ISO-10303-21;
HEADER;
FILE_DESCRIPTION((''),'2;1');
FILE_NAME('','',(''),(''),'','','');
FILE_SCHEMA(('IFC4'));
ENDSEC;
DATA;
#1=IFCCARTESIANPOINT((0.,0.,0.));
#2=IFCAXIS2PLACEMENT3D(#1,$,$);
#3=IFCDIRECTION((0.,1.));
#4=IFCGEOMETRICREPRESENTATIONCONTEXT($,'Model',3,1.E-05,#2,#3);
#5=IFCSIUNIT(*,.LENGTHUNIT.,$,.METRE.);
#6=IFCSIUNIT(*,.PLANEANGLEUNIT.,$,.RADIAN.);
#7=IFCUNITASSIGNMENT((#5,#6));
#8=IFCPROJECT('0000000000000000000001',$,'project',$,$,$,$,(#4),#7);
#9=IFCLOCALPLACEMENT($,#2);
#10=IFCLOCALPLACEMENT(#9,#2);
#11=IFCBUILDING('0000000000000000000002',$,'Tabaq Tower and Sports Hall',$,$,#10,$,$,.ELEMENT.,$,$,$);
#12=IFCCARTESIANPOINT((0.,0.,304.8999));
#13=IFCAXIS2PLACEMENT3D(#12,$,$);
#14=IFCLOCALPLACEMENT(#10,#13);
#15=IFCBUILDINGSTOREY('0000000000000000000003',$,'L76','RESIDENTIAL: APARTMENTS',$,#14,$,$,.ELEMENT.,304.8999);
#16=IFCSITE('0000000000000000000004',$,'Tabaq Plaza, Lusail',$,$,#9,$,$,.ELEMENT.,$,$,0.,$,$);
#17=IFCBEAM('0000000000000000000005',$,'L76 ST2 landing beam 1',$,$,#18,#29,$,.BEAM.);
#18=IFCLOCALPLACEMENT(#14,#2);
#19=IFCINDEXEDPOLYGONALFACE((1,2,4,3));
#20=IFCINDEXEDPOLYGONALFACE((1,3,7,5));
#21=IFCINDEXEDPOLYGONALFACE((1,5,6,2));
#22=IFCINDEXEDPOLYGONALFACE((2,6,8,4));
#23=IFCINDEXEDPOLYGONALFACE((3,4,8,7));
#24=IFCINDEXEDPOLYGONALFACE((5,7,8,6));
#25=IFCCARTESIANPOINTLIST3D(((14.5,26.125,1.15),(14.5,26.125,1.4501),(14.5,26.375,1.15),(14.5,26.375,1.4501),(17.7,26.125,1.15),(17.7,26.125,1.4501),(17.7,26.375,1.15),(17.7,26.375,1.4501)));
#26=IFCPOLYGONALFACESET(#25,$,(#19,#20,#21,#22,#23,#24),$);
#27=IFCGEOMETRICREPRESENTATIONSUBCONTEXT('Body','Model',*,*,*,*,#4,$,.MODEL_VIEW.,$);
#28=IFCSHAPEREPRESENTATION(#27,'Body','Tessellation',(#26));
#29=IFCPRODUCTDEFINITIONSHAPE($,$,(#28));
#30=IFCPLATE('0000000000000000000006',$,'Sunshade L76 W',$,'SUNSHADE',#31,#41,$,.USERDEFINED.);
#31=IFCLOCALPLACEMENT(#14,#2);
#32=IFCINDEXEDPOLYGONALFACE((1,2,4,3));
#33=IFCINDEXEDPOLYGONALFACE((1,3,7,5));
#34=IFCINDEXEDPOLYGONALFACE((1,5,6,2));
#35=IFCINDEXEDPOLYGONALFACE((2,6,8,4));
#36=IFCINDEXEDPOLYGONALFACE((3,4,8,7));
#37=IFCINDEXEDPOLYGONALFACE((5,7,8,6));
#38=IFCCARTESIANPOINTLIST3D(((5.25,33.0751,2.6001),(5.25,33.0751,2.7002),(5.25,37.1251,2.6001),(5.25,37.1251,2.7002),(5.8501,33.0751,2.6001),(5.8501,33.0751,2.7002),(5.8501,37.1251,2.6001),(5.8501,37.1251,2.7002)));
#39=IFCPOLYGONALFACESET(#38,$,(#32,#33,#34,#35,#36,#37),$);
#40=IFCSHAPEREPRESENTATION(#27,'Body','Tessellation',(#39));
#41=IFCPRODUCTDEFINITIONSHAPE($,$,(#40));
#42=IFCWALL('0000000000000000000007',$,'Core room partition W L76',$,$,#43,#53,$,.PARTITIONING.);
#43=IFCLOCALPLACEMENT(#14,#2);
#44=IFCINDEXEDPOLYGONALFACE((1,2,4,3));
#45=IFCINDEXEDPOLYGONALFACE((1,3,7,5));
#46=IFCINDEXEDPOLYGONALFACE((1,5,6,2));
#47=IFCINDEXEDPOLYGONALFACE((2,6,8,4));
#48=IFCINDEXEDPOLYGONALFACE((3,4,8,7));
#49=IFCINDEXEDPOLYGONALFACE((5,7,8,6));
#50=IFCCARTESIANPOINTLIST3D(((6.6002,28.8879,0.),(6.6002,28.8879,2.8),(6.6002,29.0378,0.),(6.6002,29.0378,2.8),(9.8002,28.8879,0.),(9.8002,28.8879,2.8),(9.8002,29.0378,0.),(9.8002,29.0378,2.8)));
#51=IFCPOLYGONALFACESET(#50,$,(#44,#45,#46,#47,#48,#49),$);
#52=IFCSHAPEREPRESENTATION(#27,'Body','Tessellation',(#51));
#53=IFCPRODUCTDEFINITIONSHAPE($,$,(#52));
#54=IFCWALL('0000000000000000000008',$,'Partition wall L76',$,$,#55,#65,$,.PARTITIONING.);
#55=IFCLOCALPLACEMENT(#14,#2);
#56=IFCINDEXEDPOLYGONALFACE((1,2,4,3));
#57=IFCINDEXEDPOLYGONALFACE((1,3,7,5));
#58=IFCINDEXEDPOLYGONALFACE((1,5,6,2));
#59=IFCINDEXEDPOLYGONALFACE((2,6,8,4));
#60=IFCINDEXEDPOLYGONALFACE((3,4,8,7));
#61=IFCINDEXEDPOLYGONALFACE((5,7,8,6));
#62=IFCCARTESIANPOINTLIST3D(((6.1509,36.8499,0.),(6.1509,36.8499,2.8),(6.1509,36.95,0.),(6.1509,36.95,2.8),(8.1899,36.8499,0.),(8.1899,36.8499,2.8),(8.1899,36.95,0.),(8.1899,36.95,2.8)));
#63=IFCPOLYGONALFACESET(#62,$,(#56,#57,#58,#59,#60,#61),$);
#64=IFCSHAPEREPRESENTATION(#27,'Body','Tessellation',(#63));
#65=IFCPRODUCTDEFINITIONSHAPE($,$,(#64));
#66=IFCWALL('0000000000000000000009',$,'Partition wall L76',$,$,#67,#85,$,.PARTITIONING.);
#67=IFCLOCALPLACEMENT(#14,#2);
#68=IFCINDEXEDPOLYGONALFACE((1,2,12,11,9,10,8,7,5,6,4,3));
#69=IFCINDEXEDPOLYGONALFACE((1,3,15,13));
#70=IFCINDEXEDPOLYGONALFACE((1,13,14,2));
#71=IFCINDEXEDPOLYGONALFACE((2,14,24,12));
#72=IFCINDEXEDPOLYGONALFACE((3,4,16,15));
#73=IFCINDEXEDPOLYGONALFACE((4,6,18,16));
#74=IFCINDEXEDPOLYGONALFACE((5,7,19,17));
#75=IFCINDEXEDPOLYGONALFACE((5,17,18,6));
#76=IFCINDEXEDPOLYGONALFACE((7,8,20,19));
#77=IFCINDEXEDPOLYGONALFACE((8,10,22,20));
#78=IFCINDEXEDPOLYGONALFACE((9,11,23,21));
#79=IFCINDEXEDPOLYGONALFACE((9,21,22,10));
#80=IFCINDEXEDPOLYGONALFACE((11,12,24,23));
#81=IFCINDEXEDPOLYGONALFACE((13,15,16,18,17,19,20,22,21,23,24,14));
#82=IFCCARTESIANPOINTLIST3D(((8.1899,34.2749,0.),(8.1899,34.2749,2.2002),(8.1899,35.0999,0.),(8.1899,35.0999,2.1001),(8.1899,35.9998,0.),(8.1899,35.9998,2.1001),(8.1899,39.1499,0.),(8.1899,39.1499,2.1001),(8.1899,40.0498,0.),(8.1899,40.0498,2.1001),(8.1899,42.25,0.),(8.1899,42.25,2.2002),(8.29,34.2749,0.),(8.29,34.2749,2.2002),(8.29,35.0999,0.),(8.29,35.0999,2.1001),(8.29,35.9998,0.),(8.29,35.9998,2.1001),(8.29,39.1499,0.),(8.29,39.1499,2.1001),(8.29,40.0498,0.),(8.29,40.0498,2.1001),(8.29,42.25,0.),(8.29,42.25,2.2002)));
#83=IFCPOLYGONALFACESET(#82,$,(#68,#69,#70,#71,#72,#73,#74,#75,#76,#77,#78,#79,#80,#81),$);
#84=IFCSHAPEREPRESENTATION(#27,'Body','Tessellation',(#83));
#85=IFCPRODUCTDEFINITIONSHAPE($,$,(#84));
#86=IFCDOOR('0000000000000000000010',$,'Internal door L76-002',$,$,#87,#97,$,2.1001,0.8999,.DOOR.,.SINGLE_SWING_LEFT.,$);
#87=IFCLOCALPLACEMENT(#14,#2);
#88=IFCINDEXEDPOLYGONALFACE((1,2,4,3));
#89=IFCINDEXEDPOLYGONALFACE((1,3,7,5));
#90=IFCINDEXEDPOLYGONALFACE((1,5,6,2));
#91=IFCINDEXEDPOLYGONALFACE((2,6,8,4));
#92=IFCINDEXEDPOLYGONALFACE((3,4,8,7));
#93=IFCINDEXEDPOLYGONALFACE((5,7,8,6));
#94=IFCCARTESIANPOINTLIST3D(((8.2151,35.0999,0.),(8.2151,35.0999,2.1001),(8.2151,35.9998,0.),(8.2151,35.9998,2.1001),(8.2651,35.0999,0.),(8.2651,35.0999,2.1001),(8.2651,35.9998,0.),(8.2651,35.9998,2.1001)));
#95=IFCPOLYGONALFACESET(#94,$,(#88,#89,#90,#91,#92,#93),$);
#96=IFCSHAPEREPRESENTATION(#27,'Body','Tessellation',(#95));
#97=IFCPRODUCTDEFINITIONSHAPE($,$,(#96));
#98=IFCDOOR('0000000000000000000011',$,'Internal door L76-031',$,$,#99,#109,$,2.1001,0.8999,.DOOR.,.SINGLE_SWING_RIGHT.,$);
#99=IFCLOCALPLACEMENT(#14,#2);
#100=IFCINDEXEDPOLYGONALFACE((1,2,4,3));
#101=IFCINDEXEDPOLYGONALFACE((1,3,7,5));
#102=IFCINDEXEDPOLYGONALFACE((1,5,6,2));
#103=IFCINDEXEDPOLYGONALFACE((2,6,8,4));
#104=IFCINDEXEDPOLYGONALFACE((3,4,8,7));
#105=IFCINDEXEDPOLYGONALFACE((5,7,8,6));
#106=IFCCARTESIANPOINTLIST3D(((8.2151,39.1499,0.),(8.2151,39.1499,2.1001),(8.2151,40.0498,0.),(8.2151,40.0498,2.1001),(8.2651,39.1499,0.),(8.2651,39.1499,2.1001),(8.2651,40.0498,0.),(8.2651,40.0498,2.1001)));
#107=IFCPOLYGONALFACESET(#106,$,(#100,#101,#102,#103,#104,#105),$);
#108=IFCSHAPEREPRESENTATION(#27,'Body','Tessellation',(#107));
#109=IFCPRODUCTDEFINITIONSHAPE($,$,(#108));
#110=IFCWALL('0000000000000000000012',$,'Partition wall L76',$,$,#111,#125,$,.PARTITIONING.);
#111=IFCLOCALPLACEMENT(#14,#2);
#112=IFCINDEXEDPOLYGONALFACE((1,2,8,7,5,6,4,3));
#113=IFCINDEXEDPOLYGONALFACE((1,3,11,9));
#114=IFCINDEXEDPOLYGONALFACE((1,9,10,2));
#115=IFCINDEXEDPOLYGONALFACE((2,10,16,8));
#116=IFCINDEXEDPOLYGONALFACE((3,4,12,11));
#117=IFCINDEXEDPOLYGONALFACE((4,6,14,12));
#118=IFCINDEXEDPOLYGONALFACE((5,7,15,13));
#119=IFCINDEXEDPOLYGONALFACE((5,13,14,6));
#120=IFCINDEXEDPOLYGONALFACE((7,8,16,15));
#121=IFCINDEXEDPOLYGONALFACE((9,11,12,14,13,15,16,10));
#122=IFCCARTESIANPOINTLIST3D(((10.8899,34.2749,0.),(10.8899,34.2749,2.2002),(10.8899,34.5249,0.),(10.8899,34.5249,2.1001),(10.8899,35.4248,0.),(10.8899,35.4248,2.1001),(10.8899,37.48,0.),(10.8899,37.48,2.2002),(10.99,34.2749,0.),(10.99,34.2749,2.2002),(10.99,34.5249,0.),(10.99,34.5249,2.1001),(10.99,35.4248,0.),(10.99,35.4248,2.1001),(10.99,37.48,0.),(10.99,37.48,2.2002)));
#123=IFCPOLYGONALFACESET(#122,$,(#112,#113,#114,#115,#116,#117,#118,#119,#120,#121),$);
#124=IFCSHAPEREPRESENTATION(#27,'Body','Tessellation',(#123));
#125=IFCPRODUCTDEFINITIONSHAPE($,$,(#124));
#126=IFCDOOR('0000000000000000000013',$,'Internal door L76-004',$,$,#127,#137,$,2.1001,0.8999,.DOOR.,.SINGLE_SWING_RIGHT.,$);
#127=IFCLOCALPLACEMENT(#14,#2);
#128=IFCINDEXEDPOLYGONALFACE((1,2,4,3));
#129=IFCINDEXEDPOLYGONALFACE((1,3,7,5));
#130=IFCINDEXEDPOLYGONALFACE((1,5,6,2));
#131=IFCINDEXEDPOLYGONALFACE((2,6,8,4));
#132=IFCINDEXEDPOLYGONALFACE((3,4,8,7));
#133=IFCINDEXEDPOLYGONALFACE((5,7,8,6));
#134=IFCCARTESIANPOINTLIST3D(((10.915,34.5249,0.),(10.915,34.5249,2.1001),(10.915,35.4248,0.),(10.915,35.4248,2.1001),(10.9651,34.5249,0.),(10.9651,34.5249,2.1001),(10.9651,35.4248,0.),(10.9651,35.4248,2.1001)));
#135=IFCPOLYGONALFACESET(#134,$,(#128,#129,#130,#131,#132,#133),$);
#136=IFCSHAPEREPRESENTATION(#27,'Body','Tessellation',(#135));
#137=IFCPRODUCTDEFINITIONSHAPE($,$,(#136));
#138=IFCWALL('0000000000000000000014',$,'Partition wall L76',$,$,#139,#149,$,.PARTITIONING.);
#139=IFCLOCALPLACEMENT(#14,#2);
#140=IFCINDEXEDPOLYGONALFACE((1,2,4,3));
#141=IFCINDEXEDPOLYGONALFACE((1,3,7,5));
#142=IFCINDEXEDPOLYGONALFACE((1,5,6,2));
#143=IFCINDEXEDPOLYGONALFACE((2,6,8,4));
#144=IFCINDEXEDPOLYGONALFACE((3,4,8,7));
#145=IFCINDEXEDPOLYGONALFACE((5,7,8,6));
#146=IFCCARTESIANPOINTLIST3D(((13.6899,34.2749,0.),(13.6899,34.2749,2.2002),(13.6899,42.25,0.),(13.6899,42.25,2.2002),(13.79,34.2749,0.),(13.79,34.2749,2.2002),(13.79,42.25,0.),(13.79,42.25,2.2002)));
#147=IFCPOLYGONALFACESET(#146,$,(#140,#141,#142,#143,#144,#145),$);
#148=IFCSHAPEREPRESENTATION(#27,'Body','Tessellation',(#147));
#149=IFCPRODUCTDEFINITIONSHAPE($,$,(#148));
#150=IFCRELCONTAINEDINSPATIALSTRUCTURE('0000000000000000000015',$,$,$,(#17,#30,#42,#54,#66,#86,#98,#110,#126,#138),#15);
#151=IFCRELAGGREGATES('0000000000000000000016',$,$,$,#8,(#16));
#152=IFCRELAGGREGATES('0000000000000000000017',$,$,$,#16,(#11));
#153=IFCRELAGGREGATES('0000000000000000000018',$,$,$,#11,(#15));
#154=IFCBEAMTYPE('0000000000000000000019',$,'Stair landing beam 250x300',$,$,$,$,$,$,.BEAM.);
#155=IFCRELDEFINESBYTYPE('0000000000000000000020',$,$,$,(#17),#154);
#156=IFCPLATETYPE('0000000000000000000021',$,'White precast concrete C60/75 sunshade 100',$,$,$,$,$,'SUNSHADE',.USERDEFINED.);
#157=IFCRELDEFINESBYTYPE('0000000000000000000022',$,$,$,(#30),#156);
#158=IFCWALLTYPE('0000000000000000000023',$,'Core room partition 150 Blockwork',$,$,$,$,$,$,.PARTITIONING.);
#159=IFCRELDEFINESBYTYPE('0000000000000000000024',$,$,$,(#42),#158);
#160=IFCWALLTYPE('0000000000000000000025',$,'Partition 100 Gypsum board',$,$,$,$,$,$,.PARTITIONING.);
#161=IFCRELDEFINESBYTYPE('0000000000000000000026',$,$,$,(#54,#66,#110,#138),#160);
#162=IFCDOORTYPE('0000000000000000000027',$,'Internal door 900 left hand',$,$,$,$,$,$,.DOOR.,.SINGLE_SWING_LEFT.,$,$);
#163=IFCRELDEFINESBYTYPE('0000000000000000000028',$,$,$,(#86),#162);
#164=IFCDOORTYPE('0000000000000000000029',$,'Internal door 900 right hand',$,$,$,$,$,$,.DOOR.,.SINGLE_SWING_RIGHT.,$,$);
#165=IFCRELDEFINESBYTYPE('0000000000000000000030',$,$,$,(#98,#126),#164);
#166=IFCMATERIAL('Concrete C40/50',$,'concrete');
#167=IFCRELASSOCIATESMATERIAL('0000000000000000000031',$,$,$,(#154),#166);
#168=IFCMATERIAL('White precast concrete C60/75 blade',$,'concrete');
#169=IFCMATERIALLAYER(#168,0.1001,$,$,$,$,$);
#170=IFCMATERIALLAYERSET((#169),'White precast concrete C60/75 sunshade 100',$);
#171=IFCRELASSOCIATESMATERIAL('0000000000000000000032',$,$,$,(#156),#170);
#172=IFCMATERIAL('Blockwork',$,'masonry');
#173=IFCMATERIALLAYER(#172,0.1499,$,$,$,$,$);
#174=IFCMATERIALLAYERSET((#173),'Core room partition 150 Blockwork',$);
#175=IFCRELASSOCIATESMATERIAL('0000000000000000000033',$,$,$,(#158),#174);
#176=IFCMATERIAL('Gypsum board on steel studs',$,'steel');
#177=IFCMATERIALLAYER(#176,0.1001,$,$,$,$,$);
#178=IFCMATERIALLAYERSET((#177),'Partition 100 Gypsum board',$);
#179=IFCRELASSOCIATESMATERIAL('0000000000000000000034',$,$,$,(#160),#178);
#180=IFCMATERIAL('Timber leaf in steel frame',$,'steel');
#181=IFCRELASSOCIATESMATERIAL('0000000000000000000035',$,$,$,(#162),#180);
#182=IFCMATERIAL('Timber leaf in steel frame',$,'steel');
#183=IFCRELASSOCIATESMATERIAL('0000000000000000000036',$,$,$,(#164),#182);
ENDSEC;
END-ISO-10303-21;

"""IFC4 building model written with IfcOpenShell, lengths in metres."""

from ifc_helpers import new_model, si_unit, direction, frame, frame_2d, origin, origin_2d, place, context, subcontext, project, spatial, rectangle, extrude, material, layer, layer_set, material_profile, profile_set, type_object, element, fill, save


model = new_model("IFC4")

# Units and contexts
model_context = context("Model", 3, precision=1e-05, world=origin(), true_north=direction((0.0, 1.0)))
body_context = subcontext(model_context, "Body", "Model", "MODEL_VIEW")
ifc_project = project(units=[si_unit("LENGTHUNIT", "METRE"), si_unit("PLANEANGLEUNIT", "RADIAN")], contexts=[model_context])

# Site, building, storey
site_placement = place(None, origin())
site = spatial("IfcSite", under=ifc_project, at=site_placement, Name="Tabaq Plaza, Lusail", CompositionType="ELEMENT", RefElevation=0.0)
building_placement = place(site_placement, origin())
building = spatial("IfcBuilding", under=site, at=building_placement, Name="Tabaq Tower and Sports Hall", CompositionType="ELEMENT")
storey_placement = place(building_placement, frame((0.0, 0.0, 304.8999)))
storey = spatial("IfcBuildingStorey", under=building, at=storey_placement, Name="L76", Description="RESIDENTIAL: APARTMENTS", CompositionType="ELEMENT", Elevation=304.8999)

# Beam
ifc_material_1 = material(Name="Concrete C40/50", Category="concrete")
ifc_material_profile = material_profile(ifc_material_1, rectangle(XDim=0.25, YDim=0.3, at=origin_2d()), Name="RC 250x300")
ifc_profile_set = profile_set([ifc_material_profile], Name="Concrete C40/50")
beam_type = type_object("IfcBeamType", Name="Stair landing beam 250x300", PredefinedType="BEAM", material=ifc_profile_set)
beam_placement = place(storey_placement, frame((14.5, 26.25, 1.3), z_axis=(1.0, 0.0, 0.0), x_axis=(0.0, 1.0, 0.0)))
element("IfcBeam", 1, at=beam_placement, inside=storey, type_object=beam_type, Name="L76 ST2 landing beam 1", PredefinedType="BEAM", context=body_context, shape_type="SweptSolid", body=[
    extrude(rectangle(XDim=0.25, YDim=0.3, at=origin_2d()), origin(), (0.0, 0.0, 1.0), 3.2),
])

# Plate
ifc_material_2 = material(Name="White precast concrete C60/75 blade", Category="concrete")
ifc_layer_1 = layer(ifc_material_2, 0.1001)
ifc_layer_set_1 = layer_set([ifc_layer_1], Name="White precast concrete C60/75 sunshade 100")
plate_type = type_object("IfcPlateType", Name="White precast concrete C60/75 sunshade 100", ElementType="SUNSHADE", PredefinedType="USERDEFINED", material=ifc_layer_set_1)
plate_placement = place(storey_placement, frame((5.55, 35.1001, 2.6001), z_axis=(0.0, 0.0, 1.0), x_axis=(0.0, -1.0, 0.0)))
element("IfcPlate", 2, at=plate_placement, inside=storey, type_object=plate_type, Name="Sunshade L76 W", ObjectType="SUNSHADE", PredefinedType="USERDEFINED", context=body_context, shape_type="SweptSolid", body=[
    extrude(rectangle(XDim=4.05, YDim=0.6001, at=origin_2d()), origin(), (0.0, 0.0, 1.0), 0.1001),
])

# Wall
ifc_material_3 = material(Name="Blockwork", Category="masonry")
ifc_layer_2 = layer(ifc_material_3, 0.1499)
ifc_layer_set_2 = layer_set([ifc_layer_2], Name="Core room partition 150 Blockwork")
wall_type_1 = type_object("IfcWallType", Name="Core room partition 150 Blockwork", PredefinedType="PARTITIONING", material=ifc_layer_set_2)
wall_1_placement = place(storey_placement, frame((6.6001, 28.9629, 0.0), z_axis=(0.0, 0.0, 1.0), x_axis=(1.0, 0.0, 0.0)))
element("IfcWall", 3, at=wall_1_placement, inside=storey, type_object=wall_type_1, Name="Core room partition W L76", PredefinedType="PARTITIONING", context=body_context, shape_type="SweptSolid", body=[
    extrude(rectangle(XDim=3.2, YDim=0.1499, at=frame_2d((1.6001, 0.0))), origin(), (0.0, 0.0, 1.0), 2.8),
])

# Wall
ifc_material_4 = material(Name="Gypsum board on steel studs", Category="steel")
ifc_layer_3 = layer(ifc_material_4, 0.1001)
ifc_layer_set_3 = layer_set([ifc_layer_3], Name="Partition 100 Gypsum board")
wall_type_2 = type_object("IfcWallType", Name="Partition 100 Gypsum board", PredefinedType="PARTITIONING", material=ifc_layer_set_3)
wall_2_placement = place(storey_placement, frame((6.1509, 36.8999, 0.0), z_axis=(0.0, 0.0, 1.0), x_axis=(1.0, 0.0, 0.0)))
element("IfcWall", 4, at=wall_2_placement, inside=storey, type_object=wall_type_2, Name="Partition wall L76", PredefinedType="PARTITIONING", context=body_context, shape_type="SweptSolid", body=[
    extrude(rectangle(XDim=2.0391, YDim=0.1001, at=frame_2d((1.0195, 0.0))), origin(), (0.0, 0.0, 1.0), 2.8),
])

# Wall, openings, doors
wall_3_placement = place(storey_placement, frame((8.24, 34.2749, 0.0), z_axis=(0.0, 0.0, 1.0), x_axis=(0.0, 1.0, 0.0)))
wall_3 = element("IfcWall", 5, at=wall_3_placement, inside=storey, type_object=wall_type_2, Name="Partition wall L76", PredefinedType="PARTITIONING", context=body_context, shape_type="SweptSolid", body=[
    extrude(rectangle(XDim=7.9751, YDim=0.1001, at=frame_2d((3.9875, 0.0))), origin(), (0.0, 0.0, 1.0), 2.2002),
])
opening_1_placement = place(wall_3_placement, frame((0.825, 0.0, 0.0)))
opening_1 = element("IfcOpeningElement", 6, at=opening_1_placement, cuts=wall_3, PredefinedType="OPENING", context=body_context, shape_type="SweptSolid", body=[
    extrude(rectangle(XDim=0.8999, YDim=2.1001, at=frame_2d((0.45, 1.05))), frame((0.0, 0.05, 0.0), z_axis=(0.0, -1.0, 0.0), x_axis=(1.0, 0.0, 0.0)), (0.0, 0.0, 1.0), 0.1001),
])
opening_2_placement = place(wall_3_placement, frame((4.875, 0.0, 0.0)))
opening_2 = element("IfcOpeningElement", 7, at=opening_2_placement, cuts=wall_3, PredefinedType="OPENING", context=body_context, shape_type="SweptSolid", body=[
    extrude(rectangle(XDim=0.8999, YDim=2.1001, at=frame_2d((0.45, 1.05))), frame((0.0, 0.05, 0.0), z_axis=(0.0, -1.0, 0.0), x_axis=(1.0, 0.0, 0.0)), (0.0, 0.0, 1.0), 0.1001),
])
ifc_material_5 = material(Name="Timber leaf in steel frame", Category="steel")
door_type_1 = type_object("IfcDoorType", Name="Internal door 900 left hand", OperationType="SINGLE_SWING_LEFT", PredefinedType="DOOR", material=ifc_material_5)
door_1_placement = place(opening_1_placement, origin())
door_1 = element("IfcDoor", 8, at=door_1_placement, inside=storey, type_object=door_type_1, Name="Internal door L76-002", OperationType="SINGLE_SWING_LEFT", OverallHeight=2.1001, OverallWidth=0.8999, PredefinedType="DOOR", context=body_context, shape_type="SweptSolid", body=[
    extrude(rectangle(XDim=0.8999, YDim=2.1001, at=frame_2d((0.45, 1.05))), frame((0.0, 0.0249, 0.0), z_axis=(0.0, -1.0, 0.0), x_axis=(1.0, 0.0, 0.0)), (0.0, 0.0, 1.0), 0.05),
])
fill(opening_1, door_1)
ifc_material_6 = material(Name="Timber leaf in steel frame", Category="steel")
door_type_2 = type_object("IfcDoorType", Name="Internal door 900 right hand", OperationType="SINGLE_SWING_RIGHT", PredefinedType="DOOR", material=ifc_material_6)
door_2_placement = place(opening_2_placement, origin())
door_2 = element("IfcDoor", 9, at=door_2_placement, inside=storey, type_object=door_type_2, Name="Internal door L76-031", OperationType="SINGLE_SWING_RIGHT", OverallHeight=2.1001, OverallWidth=0.8999, PredefinedType="DOOR", context=body_context, shape_type="SweptSolid", body=[
    extrude(rectangle(XDim=0.8999, YDim=2.1001, at=frame_2d((0.45, 1.05))), frame((0.0, 0.0249, 0.0), z_axis=(0.0, -1.0, 0.0), x_axis=(1.0, 0.0, 0.0)), (0.0, 0.0, 1.0), 0.05),
])
fill(opening_2, door_2)

# Wall, opening, door
wall_4_placement = place(storey_placement, frame((10.9399, 34.2749, 0.0), z_axis=(0.0, 0.0, 1.0), x_axis=(0.0, 1.0, 0.0)))
wall_4 = element("IfcWall", 10, at=wall_4_placement, inside=storey, type_object=wall_type_2, Name="Partition wall L76", PredefinedType="PARTITIONING", context=body_context, shape_type="SweptSolid", body=[
    extrude(rectangle(XDim=3.2051, YDim=0.1001, at=frame_2d((1.6025, 0.0))), origin(), (0.0, 0.0, 1.0), 2.2002),
])
opening_3_placement = place(wall_4_placement, frame((0.25, 0.0, 0.0)))
opening_3 = element("IfcOpeningElement", 11, at=opening_3_placement, cuts=wall_4, PredefinedType="OPENING", context=body_context, shape_type="SweptSolid", body=[
    extrude(rectangle(XDim=0.8999, YDim=2.1001, at=frame_2d((0.45, 1.05))), frame((0.0, 0.05, 0.0), z_axis=(0.0, -1.0, 0.0), x_axis=(1.0, 0.0, 0.0)), (0.0, 0.0, 1.0), 0.1001),
])
door_3_placement = place(opening_3_placement, origin())
door_3 = element("IfcDoor", 12, at=door_3_placement, inside=storey, type_object=door_type_2, Name="Internal door L76-004", OperationType="SINGLE_SWING_RIGHT", OverallHeight=2.1001, OverallWidth=0.8999, PredefinedType="DOOR", context=body_context, shape_type="SweptSolid", body=[
    extrude(rectangle(XDim=0.8999, YDim=2.1001, at=frame_2d((0.45, 1.05))), frame((0.0, 0.0249, 0.0), z_axis=(0.0, -1.0, 0.0), x_axis=(1.0, 0.0, 0.0)), (0.0, 0.0, 1.0), 0.05),
])
fill(opening_3, door_3)

# Wall
wall_5_placement = place(storey_placement, frame((13.74, 34.2749, 0.0), z_axis=(0.0, 0.0, 1.0), x_axis=(0.0, 1.0, 0.0)))
element("IfcWall", 13, at=wall_5_placement, inside=storey, type_object=wall_type_2, Name="Partition wall L76", PredefinedType="PARTITIONING", context=body_context, shape_type="SweptSolid", body=[
    extrude(rectangle(XDim=7.9751, YDim=0.1001, at=frame_2d((3.9875, 0.0))), origin(), (0.0, 0.0, 1.0), 2.2002),
])

save(model, "model.ifc")
